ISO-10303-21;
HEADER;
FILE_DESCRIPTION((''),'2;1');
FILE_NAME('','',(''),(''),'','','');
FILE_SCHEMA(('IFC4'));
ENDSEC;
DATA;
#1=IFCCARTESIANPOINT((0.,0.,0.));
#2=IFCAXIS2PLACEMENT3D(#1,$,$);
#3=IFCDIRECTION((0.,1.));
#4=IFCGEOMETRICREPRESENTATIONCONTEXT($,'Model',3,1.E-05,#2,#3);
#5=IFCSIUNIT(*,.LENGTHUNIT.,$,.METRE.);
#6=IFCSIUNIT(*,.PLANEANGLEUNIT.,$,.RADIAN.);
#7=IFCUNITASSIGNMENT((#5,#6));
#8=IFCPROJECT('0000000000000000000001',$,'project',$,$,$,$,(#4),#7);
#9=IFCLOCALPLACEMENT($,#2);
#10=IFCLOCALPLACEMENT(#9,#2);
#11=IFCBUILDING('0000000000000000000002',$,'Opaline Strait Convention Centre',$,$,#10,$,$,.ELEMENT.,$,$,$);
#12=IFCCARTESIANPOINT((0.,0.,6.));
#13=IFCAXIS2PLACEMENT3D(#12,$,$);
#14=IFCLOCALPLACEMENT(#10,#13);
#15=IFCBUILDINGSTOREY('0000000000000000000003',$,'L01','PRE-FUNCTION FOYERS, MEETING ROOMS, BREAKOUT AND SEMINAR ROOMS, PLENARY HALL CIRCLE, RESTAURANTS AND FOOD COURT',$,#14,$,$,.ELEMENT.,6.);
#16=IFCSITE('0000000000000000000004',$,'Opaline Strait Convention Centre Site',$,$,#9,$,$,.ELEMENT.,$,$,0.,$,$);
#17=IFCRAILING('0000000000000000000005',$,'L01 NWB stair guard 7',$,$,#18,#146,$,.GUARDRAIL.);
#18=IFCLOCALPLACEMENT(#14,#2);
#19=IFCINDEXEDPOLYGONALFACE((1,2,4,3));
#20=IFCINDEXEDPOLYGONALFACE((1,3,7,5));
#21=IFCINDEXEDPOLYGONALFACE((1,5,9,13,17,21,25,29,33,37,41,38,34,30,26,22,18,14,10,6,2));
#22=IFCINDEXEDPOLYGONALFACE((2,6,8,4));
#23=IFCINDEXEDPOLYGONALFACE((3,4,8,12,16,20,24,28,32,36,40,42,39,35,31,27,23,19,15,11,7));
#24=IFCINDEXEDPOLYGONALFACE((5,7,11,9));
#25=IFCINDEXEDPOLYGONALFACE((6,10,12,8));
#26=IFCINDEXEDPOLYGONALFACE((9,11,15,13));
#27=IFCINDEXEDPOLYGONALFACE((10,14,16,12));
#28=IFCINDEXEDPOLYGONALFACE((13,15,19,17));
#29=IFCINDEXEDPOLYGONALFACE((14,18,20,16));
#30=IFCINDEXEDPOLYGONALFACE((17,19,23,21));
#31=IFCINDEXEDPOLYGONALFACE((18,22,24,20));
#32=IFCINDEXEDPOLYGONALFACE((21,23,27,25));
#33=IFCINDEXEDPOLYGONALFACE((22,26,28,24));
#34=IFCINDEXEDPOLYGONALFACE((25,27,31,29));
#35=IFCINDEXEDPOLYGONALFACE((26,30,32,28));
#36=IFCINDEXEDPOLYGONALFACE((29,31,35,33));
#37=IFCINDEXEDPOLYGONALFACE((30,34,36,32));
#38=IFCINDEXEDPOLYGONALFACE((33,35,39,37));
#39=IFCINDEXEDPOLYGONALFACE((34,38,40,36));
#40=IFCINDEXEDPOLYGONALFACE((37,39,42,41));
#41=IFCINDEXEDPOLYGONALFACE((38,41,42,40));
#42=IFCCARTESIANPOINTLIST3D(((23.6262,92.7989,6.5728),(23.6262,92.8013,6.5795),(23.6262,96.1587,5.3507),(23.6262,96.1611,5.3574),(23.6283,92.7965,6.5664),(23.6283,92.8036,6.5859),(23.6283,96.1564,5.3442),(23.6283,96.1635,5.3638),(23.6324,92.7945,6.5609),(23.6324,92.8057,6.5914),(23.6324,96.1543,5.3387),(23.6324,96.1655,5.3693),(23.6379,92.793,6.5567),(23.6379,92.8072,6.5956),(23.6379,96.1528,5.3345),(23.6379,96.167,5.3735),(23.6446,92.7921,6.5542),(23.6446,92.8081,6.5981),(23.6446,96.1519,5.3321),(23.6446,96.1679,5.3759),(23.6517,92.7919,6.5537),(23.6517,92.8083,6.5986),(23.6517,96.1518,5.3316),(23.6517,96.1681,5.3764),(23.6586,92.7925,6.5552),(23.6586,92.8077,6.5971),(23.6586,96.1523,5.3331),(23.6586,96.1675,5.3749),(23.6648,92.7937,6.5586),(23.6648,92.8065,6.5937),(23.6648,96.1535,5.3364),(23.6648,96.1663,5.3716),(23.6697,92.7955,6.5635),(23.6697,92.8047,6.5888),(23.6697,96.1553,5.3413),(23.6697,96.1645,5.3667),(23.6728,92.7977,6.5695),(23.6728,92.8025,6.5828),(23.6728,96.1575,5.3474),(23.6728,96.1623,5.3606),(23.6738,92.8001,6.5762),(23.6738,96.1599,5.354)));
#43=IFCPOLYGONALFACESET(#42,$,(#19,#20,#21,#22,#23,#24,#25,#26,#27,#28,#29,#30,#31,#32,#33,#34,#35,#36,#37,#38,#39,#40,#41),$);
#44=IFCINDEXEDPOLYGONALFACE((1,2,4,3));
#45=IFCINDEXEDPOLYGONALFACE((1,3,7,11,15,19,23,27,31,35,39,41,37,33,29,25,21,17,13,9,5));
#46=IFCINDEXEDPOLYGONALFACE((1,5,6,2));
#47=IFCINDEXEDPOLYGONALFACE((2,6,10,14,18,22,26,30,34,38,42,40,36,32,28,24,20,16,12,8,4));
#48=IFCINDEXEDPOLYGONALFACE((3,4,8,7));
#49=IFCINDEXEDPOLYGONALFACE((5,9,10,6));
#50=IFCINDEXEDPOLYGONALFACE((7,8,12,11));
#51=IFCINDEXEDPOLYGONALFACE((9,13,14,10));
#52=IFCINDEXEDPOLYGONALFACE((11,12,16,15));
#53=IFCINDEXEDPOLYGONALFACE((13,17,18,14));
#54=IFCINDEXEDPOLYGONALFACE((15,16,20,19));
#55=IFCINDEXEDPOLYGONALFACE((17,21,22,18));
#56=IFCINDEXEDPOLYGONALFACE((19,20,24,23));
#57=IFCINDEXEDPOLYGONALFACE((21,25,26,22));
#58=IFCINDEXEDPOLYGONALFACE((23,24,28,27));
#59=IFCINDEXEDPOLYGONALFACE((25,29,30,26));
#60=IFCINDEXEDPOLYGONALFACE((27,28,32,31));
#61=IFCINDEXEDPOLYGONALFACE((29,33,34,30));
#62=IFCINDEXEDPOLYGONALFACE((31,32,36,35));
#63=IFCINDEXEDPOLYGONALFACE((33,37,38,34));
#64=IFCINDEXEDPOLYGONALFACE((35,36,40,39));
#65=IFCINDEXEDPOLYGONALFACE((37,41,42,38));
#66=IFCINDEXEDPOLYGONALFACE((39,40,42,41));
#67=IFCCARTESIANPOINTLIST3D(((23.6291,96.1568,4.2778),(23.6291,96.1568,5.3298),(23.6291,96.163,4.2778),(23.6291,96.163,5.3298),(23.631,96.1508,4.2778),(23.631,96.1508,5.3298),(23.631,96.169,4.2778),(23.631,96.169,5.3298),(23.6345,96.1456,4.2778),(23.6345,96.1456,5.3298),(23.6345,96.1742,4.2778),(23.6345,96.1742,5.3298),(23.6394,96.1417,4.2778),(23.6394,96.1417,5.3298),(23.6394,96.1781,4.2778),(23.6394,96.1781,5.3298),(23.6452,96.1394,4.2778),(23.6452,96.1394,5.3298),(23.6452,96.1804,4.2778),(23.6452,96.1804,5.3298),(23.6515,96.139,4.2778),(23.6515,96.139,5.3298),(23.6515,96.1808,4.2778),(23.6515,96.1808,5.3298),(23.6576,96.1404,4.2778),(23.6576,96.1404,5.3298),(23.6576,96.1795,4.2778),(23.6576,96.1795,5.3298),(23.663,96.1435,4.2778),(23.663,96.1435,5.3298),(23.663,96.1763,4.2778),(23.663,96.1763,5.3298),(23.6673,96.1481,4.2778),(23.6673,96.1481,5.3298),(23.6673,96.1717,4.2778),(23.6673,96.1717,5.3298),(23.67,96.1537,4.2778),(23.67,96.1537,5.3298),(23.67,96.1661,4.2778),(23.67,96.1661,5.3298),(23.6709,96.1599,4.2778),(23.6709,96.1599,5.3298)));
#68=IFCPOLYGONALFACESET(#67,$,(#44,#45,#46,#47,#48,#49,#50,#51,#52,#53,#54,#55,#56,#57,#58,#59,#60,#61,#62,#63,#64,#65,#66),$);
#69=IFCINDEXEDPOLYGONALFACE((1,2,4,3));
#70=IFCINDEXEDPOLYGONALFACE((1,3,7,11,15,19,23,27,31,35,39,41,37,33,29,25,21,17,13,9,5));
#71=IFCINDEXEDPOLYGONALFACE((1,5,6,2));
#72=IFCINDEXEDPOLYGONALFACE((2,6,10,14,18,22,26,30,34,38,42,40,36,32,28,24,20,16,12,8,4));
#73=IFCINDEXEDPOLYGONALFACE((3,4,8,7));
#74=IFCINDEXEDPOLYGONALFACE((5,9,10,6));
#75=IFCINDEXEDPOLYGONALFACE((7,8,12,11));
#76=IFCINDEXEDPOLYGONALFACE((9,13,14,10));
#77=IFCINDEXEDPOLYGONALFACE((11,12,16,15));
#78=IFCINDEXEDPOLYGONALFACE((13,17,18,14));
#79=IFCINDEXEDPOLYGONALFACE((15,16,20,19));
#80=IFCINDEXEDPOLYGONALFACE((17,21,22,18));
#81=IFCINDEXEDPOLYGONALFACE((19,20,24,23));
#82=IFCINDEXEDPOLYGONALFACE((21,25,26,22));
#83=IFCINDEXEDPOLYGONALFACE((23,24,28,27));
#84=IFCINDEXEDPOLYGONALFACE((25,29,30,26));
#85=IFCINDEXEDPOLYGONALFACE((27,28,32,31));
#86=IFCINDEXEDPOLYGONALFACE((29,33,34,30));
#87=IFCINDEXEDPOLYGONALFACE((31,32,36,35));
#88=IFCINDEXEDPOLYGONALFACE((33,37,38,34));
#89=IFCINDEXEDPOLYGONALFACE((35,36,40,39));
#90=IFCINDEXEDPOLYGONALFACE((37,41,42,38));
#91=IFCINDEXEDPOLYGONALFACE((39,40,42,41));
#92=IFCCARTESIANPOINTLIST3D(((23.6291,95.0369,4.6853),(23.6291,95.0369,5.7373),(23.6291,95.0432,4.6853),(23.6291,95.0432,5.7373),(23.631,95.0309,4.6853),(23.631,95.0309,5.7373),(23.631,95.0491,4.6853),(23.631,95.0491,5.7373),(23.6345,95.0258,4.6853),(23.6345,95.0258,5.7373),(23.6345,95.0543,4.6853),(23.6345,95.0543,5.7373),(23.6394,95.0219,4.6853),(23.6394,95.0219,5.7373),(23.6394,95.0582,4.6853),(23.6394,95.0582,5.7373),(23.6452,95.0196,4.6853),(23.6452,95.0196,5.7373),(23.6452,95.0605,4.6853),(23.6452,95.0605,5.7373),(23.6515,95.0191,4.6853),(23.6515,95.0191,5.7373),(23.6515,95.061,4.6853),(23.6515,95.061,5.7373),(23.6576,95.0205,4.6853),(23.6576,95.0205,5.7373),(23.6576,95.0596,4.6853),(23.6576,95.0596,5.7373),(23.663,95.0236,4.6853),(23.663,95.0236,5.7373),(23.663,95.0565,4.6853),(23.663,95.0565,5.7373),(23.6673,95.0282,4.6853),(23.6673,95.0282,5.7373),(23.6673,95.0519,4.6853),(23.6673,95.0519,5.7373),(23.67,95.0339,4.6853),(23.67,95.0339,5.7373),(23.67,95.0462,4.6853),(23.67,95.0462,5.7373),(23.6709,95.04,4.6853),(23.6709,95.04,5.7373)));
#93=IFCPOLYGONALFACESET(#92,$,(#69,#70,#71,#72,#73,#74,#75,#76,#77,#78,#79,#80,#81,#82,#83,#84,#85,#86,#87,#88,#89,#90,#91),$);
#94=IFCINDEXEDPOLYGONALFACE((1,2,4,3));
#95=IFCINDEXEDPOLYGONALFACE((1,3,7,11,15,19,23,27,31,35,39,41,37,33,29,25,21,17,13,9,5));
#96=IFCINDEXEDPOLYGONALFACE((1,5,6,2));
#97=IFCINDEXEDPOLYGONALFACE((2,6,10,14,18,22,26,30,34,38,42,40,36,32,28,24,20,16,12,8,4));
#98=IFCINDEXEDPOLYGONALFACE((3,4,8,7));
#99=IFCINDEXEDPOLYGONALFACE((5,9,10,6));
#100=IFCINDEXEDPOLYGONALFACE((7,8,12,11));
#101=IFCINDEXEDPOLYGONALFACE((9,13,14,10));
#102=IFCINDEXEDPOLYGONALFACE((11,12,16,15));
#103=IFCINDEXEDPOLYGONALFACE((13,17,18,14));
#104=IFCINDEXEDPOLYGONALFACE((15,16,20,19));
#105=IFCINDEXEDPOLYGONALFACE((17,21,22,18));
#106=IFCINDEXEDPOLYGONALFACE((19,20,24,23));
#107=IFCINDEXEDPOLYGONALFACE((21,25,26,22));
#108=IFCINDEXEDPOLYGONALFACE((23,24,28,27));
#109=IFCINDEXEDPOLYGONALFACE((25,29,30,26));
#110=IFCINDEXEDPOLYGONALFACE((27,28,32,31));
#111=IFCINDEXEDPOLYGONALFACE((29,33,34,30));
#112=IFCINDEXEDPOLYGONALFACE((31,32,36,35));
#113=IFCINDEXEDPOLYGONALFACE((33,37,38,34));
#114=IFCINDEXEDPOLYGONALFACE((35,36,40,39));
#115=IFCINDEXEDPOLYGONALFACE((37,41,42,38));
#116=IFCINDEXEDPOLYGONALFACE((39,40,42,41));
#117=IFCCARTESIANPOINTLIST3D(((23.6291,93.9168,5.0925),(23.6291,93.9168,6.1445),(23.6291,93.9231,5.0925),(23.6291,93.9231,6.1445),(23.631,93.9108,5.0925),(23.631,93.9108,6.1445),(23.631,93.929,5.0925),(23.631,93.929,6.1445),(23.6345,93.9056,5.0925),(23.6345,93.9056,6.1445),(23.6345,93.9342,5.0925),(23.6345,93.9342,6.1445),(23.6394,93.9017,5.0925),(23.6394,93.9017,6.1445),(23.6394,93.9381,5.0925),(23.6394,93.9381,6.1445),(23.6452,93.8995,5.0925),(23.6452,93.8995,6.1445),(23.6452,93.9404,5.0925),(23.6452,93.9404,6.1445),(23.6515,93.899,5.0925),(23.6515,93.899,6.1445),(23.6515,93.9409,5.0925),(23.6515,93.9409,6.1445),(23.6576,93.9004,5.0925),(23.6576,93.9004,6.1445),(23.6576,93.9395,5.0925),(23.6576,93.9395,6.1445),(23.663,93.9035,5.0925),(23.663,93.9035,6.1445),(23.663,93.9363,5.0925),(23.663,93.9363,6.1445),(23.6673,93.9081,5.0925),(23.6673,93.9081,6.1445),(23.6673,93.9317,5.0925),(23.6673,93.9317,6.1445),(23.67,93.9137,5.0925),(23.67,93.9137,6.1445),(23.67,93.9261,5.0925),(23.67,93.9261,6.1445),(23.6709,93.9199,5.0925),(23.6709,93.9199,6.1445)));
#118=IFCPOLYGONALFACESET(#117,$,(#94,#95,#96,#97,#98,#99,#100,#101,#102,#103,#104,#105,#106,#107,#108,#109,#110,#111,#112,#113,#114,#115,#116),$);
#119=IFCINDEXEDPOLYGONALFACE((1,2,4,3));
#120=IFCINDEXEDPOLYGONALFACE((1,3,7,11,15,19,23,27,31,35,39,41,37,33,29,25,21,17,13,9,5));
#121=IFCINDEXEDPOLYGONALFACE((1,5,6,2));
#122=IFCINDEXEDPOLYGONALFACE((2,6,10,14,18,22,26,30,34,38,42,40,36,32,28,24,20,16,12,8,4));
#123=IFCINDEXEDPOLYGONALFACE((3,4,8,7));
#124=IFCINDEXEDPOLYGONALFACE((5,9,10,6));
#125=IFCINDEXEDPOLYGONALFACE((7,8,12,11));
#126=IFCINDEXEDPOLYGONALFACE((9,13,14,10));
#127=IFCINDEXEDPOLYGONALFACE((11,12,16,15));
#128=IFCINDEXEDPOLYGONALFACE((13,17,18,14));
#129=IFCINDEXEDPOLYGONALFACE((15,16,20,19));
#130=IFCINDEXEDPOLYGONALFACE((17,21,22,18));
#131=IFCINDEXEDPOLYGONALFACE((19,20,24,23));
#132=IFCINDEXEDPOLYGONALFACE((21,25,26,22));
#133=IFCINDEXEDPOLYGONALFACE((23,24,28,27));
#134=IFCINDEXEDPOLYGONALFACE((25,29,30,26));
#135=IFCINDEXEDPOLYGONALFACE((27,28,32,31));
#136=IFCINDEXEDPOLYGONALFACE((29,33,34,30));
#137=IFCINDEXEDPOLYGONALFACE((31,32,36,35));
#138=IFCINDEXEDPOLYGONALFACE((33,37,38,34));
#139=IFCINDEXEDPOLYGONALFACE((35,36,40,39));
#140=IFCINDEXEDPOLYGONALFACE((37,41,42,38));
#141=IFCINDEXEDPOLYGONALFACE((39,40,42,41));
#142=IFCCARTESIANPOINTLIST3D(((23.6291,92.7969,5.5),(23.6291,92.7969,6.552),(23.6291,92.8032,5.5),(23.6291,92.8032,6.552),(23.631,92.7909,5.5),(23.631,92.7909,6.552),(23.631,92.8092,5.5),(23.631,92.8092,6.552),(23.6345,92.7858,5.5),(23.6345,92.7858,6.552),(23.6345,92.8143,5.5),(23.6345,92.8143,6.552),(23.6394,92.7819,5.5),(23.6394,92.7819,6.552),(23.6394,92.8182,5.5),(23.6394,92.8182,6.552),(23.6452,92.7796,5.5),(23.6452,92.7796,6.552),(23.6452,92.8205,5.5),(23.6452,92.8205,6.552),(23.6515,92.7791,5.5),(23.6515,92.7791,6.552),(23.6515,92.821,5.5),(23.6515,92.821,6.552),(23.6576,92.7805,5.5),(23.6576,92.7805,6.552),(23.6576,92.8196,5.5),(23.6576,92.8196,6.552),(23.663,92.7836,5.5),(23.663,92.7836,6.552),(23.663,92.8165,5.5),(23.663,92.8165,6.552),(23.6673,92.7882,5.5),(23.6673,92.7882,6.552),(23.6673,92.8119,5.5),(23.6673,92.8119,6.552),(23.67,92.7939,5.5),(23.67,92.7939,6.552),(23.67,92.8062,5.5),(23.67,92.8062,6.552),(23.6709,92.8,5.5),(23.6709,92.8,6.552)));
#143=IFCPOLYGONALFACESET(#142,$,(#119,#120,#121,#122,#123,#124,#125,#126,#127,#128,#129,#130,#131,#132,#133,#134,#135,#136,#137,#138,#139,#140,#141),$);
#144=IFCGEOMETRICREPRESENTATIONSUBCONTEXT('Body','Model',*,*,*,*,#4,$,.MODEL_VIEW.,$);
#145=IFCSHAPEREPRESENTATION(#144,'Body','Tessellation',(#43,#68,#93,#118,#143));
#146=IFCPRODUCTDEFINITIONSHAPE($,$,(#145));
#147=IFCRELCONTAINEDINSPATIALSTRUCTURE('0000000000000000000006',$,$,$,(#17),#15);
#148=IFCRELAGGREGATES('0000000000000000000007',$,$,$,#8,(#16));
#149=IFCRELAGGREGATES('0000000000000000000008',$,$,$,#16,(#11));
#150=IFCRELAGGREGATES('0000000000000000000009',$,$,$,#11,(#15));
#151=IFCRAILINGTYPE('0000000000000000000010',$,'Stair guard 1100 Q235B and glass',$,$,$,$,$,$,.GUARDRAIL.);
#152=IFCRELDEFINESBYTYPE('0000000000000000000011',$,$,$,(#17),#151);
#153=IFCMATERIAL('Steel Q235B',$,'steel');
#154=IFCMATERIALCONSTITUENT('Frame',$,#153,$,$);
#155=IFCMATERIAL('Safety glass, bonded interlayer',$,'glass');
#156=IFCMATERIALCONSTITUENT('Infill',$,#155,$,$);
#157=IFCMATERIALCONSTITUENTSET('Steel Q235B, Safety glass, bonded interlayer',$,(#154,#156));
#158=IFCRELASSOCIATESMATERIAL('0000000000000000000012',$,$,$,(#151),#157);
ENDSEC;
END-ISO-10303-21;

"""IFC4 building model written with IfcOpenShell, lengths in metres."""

from ifc_helpers import new_model, si_unit, direction, frame, origin, origin_2d, place, context, subcontext, project, spatial, circle, extrude, material, constituent, constituent_set, type_object, element, save


model = new_model("IFC4")

# Units and contexts
model_context = context("Model", 3, precision=1e-05, world=origin(), true_north=direction((0.0, 1.0)))
body_context = subcontext(model_context, "Body", "Model", "MODEL_VIEW")
ifc_project = project(units=[si_unit("LENGTHUNIT", "METRE"), si_unit("PLANEANGLEUNIT", "RADIAN")], contexts=[model_context])

# Site, building, storey
site_placement = place(None, origin())
site = spatial("IfcSite", under=ifc_project, at=site_placement, Name="Opaline Strait Convention Centre Site", CompositionType="ELEMENT", RefElevation=0.0)
building_placement = place(site_placement, origin())
building = spatial("IfcBuilding", under=site, at=building_placement, Name="Opaline Strait Convention Centre", CompositionType="ELEMENT")
storey_placement = place(building_placement, frame((0.0, 0.0, 6.0)))
storey = spatial("IfcBuildingStorey", under=building, at=storey_placement, Name="L01", Description="PRE-FUNCTION FOYERS, MEETING ROOMS, BREAKOUT AND SEMINAR ROOMS, PLENARY HALL CIRCLE, RESTAURANTS AND FOOD COURT", CompositionType="ELEMENT", Elevation=6.0)

# Railing
ifc_material_1 = material(Name="Steel Q235B", Category="steel")
ifc_constituent_1 = constituent(ifc_material_1, Name="Frame")
ifc_material_2 = material(Name="Safety glass, bonded interlayer", Category="glass")
ifc_constituent_2 = constituent(ifc_material_2, Name="Infill")
ifc_constituent_set = constituent_set(constituents=[ifc_constituent_1, ifc_constituent_2], Name="Steel Q235B, Safety glass, bonded interlayer")
railing_type_1 = type_object("IfcRailingType", Name="Stair guard 1100 Q235B and glass", PredefinedType="GUARDRAIL", material=ifc_constituent_set)
for number, where, name in (
    (1, (23.6499, 96.1599, 4.2778), "L01 NWB stair guard 7"),
):
    element("IfcRailing", number, at=place(storey_placement, frame(where)), inside=storey, type_object=railing_type_1, Name=name, PredefinedType="GUARDRAIL", context=body_context, shape_type="SweptSolid", body=[
        extrude(circle(Radius=0.0239, at=origin_2d()), frame((0.0, 0.0, 1.0762), z_axis=(0.0, -0.939758, 0.341842), x_axis=(1.0, 0.0, 0.0)), (0.0, 0.0, 1.0), 3.5752),
        extrude(circle(Radius=0.021, at=origin_2d()), origin(), (0.0, 0.0, 1.0), 1.052),
        extrude(circle(Radius=0.021, at=origin_2d()), frame((0.0, -1.1199, 0.4075)), (0.0, 0.0, 1.0), 1.052),
        extrude(circle(Radius=0.021, at=origin_2d()), frame((0.0, -2.24, 0.8147)), (0.0, 0.0, 1.0), 1.052),
        extrude(circle(Radius=0.021, at=origin_2d()), frame((0.0, -3.3599, 1.2222)), (0.0, 0.0, 1.0), 1.052),
    ])

save(model, "model.ifc")
